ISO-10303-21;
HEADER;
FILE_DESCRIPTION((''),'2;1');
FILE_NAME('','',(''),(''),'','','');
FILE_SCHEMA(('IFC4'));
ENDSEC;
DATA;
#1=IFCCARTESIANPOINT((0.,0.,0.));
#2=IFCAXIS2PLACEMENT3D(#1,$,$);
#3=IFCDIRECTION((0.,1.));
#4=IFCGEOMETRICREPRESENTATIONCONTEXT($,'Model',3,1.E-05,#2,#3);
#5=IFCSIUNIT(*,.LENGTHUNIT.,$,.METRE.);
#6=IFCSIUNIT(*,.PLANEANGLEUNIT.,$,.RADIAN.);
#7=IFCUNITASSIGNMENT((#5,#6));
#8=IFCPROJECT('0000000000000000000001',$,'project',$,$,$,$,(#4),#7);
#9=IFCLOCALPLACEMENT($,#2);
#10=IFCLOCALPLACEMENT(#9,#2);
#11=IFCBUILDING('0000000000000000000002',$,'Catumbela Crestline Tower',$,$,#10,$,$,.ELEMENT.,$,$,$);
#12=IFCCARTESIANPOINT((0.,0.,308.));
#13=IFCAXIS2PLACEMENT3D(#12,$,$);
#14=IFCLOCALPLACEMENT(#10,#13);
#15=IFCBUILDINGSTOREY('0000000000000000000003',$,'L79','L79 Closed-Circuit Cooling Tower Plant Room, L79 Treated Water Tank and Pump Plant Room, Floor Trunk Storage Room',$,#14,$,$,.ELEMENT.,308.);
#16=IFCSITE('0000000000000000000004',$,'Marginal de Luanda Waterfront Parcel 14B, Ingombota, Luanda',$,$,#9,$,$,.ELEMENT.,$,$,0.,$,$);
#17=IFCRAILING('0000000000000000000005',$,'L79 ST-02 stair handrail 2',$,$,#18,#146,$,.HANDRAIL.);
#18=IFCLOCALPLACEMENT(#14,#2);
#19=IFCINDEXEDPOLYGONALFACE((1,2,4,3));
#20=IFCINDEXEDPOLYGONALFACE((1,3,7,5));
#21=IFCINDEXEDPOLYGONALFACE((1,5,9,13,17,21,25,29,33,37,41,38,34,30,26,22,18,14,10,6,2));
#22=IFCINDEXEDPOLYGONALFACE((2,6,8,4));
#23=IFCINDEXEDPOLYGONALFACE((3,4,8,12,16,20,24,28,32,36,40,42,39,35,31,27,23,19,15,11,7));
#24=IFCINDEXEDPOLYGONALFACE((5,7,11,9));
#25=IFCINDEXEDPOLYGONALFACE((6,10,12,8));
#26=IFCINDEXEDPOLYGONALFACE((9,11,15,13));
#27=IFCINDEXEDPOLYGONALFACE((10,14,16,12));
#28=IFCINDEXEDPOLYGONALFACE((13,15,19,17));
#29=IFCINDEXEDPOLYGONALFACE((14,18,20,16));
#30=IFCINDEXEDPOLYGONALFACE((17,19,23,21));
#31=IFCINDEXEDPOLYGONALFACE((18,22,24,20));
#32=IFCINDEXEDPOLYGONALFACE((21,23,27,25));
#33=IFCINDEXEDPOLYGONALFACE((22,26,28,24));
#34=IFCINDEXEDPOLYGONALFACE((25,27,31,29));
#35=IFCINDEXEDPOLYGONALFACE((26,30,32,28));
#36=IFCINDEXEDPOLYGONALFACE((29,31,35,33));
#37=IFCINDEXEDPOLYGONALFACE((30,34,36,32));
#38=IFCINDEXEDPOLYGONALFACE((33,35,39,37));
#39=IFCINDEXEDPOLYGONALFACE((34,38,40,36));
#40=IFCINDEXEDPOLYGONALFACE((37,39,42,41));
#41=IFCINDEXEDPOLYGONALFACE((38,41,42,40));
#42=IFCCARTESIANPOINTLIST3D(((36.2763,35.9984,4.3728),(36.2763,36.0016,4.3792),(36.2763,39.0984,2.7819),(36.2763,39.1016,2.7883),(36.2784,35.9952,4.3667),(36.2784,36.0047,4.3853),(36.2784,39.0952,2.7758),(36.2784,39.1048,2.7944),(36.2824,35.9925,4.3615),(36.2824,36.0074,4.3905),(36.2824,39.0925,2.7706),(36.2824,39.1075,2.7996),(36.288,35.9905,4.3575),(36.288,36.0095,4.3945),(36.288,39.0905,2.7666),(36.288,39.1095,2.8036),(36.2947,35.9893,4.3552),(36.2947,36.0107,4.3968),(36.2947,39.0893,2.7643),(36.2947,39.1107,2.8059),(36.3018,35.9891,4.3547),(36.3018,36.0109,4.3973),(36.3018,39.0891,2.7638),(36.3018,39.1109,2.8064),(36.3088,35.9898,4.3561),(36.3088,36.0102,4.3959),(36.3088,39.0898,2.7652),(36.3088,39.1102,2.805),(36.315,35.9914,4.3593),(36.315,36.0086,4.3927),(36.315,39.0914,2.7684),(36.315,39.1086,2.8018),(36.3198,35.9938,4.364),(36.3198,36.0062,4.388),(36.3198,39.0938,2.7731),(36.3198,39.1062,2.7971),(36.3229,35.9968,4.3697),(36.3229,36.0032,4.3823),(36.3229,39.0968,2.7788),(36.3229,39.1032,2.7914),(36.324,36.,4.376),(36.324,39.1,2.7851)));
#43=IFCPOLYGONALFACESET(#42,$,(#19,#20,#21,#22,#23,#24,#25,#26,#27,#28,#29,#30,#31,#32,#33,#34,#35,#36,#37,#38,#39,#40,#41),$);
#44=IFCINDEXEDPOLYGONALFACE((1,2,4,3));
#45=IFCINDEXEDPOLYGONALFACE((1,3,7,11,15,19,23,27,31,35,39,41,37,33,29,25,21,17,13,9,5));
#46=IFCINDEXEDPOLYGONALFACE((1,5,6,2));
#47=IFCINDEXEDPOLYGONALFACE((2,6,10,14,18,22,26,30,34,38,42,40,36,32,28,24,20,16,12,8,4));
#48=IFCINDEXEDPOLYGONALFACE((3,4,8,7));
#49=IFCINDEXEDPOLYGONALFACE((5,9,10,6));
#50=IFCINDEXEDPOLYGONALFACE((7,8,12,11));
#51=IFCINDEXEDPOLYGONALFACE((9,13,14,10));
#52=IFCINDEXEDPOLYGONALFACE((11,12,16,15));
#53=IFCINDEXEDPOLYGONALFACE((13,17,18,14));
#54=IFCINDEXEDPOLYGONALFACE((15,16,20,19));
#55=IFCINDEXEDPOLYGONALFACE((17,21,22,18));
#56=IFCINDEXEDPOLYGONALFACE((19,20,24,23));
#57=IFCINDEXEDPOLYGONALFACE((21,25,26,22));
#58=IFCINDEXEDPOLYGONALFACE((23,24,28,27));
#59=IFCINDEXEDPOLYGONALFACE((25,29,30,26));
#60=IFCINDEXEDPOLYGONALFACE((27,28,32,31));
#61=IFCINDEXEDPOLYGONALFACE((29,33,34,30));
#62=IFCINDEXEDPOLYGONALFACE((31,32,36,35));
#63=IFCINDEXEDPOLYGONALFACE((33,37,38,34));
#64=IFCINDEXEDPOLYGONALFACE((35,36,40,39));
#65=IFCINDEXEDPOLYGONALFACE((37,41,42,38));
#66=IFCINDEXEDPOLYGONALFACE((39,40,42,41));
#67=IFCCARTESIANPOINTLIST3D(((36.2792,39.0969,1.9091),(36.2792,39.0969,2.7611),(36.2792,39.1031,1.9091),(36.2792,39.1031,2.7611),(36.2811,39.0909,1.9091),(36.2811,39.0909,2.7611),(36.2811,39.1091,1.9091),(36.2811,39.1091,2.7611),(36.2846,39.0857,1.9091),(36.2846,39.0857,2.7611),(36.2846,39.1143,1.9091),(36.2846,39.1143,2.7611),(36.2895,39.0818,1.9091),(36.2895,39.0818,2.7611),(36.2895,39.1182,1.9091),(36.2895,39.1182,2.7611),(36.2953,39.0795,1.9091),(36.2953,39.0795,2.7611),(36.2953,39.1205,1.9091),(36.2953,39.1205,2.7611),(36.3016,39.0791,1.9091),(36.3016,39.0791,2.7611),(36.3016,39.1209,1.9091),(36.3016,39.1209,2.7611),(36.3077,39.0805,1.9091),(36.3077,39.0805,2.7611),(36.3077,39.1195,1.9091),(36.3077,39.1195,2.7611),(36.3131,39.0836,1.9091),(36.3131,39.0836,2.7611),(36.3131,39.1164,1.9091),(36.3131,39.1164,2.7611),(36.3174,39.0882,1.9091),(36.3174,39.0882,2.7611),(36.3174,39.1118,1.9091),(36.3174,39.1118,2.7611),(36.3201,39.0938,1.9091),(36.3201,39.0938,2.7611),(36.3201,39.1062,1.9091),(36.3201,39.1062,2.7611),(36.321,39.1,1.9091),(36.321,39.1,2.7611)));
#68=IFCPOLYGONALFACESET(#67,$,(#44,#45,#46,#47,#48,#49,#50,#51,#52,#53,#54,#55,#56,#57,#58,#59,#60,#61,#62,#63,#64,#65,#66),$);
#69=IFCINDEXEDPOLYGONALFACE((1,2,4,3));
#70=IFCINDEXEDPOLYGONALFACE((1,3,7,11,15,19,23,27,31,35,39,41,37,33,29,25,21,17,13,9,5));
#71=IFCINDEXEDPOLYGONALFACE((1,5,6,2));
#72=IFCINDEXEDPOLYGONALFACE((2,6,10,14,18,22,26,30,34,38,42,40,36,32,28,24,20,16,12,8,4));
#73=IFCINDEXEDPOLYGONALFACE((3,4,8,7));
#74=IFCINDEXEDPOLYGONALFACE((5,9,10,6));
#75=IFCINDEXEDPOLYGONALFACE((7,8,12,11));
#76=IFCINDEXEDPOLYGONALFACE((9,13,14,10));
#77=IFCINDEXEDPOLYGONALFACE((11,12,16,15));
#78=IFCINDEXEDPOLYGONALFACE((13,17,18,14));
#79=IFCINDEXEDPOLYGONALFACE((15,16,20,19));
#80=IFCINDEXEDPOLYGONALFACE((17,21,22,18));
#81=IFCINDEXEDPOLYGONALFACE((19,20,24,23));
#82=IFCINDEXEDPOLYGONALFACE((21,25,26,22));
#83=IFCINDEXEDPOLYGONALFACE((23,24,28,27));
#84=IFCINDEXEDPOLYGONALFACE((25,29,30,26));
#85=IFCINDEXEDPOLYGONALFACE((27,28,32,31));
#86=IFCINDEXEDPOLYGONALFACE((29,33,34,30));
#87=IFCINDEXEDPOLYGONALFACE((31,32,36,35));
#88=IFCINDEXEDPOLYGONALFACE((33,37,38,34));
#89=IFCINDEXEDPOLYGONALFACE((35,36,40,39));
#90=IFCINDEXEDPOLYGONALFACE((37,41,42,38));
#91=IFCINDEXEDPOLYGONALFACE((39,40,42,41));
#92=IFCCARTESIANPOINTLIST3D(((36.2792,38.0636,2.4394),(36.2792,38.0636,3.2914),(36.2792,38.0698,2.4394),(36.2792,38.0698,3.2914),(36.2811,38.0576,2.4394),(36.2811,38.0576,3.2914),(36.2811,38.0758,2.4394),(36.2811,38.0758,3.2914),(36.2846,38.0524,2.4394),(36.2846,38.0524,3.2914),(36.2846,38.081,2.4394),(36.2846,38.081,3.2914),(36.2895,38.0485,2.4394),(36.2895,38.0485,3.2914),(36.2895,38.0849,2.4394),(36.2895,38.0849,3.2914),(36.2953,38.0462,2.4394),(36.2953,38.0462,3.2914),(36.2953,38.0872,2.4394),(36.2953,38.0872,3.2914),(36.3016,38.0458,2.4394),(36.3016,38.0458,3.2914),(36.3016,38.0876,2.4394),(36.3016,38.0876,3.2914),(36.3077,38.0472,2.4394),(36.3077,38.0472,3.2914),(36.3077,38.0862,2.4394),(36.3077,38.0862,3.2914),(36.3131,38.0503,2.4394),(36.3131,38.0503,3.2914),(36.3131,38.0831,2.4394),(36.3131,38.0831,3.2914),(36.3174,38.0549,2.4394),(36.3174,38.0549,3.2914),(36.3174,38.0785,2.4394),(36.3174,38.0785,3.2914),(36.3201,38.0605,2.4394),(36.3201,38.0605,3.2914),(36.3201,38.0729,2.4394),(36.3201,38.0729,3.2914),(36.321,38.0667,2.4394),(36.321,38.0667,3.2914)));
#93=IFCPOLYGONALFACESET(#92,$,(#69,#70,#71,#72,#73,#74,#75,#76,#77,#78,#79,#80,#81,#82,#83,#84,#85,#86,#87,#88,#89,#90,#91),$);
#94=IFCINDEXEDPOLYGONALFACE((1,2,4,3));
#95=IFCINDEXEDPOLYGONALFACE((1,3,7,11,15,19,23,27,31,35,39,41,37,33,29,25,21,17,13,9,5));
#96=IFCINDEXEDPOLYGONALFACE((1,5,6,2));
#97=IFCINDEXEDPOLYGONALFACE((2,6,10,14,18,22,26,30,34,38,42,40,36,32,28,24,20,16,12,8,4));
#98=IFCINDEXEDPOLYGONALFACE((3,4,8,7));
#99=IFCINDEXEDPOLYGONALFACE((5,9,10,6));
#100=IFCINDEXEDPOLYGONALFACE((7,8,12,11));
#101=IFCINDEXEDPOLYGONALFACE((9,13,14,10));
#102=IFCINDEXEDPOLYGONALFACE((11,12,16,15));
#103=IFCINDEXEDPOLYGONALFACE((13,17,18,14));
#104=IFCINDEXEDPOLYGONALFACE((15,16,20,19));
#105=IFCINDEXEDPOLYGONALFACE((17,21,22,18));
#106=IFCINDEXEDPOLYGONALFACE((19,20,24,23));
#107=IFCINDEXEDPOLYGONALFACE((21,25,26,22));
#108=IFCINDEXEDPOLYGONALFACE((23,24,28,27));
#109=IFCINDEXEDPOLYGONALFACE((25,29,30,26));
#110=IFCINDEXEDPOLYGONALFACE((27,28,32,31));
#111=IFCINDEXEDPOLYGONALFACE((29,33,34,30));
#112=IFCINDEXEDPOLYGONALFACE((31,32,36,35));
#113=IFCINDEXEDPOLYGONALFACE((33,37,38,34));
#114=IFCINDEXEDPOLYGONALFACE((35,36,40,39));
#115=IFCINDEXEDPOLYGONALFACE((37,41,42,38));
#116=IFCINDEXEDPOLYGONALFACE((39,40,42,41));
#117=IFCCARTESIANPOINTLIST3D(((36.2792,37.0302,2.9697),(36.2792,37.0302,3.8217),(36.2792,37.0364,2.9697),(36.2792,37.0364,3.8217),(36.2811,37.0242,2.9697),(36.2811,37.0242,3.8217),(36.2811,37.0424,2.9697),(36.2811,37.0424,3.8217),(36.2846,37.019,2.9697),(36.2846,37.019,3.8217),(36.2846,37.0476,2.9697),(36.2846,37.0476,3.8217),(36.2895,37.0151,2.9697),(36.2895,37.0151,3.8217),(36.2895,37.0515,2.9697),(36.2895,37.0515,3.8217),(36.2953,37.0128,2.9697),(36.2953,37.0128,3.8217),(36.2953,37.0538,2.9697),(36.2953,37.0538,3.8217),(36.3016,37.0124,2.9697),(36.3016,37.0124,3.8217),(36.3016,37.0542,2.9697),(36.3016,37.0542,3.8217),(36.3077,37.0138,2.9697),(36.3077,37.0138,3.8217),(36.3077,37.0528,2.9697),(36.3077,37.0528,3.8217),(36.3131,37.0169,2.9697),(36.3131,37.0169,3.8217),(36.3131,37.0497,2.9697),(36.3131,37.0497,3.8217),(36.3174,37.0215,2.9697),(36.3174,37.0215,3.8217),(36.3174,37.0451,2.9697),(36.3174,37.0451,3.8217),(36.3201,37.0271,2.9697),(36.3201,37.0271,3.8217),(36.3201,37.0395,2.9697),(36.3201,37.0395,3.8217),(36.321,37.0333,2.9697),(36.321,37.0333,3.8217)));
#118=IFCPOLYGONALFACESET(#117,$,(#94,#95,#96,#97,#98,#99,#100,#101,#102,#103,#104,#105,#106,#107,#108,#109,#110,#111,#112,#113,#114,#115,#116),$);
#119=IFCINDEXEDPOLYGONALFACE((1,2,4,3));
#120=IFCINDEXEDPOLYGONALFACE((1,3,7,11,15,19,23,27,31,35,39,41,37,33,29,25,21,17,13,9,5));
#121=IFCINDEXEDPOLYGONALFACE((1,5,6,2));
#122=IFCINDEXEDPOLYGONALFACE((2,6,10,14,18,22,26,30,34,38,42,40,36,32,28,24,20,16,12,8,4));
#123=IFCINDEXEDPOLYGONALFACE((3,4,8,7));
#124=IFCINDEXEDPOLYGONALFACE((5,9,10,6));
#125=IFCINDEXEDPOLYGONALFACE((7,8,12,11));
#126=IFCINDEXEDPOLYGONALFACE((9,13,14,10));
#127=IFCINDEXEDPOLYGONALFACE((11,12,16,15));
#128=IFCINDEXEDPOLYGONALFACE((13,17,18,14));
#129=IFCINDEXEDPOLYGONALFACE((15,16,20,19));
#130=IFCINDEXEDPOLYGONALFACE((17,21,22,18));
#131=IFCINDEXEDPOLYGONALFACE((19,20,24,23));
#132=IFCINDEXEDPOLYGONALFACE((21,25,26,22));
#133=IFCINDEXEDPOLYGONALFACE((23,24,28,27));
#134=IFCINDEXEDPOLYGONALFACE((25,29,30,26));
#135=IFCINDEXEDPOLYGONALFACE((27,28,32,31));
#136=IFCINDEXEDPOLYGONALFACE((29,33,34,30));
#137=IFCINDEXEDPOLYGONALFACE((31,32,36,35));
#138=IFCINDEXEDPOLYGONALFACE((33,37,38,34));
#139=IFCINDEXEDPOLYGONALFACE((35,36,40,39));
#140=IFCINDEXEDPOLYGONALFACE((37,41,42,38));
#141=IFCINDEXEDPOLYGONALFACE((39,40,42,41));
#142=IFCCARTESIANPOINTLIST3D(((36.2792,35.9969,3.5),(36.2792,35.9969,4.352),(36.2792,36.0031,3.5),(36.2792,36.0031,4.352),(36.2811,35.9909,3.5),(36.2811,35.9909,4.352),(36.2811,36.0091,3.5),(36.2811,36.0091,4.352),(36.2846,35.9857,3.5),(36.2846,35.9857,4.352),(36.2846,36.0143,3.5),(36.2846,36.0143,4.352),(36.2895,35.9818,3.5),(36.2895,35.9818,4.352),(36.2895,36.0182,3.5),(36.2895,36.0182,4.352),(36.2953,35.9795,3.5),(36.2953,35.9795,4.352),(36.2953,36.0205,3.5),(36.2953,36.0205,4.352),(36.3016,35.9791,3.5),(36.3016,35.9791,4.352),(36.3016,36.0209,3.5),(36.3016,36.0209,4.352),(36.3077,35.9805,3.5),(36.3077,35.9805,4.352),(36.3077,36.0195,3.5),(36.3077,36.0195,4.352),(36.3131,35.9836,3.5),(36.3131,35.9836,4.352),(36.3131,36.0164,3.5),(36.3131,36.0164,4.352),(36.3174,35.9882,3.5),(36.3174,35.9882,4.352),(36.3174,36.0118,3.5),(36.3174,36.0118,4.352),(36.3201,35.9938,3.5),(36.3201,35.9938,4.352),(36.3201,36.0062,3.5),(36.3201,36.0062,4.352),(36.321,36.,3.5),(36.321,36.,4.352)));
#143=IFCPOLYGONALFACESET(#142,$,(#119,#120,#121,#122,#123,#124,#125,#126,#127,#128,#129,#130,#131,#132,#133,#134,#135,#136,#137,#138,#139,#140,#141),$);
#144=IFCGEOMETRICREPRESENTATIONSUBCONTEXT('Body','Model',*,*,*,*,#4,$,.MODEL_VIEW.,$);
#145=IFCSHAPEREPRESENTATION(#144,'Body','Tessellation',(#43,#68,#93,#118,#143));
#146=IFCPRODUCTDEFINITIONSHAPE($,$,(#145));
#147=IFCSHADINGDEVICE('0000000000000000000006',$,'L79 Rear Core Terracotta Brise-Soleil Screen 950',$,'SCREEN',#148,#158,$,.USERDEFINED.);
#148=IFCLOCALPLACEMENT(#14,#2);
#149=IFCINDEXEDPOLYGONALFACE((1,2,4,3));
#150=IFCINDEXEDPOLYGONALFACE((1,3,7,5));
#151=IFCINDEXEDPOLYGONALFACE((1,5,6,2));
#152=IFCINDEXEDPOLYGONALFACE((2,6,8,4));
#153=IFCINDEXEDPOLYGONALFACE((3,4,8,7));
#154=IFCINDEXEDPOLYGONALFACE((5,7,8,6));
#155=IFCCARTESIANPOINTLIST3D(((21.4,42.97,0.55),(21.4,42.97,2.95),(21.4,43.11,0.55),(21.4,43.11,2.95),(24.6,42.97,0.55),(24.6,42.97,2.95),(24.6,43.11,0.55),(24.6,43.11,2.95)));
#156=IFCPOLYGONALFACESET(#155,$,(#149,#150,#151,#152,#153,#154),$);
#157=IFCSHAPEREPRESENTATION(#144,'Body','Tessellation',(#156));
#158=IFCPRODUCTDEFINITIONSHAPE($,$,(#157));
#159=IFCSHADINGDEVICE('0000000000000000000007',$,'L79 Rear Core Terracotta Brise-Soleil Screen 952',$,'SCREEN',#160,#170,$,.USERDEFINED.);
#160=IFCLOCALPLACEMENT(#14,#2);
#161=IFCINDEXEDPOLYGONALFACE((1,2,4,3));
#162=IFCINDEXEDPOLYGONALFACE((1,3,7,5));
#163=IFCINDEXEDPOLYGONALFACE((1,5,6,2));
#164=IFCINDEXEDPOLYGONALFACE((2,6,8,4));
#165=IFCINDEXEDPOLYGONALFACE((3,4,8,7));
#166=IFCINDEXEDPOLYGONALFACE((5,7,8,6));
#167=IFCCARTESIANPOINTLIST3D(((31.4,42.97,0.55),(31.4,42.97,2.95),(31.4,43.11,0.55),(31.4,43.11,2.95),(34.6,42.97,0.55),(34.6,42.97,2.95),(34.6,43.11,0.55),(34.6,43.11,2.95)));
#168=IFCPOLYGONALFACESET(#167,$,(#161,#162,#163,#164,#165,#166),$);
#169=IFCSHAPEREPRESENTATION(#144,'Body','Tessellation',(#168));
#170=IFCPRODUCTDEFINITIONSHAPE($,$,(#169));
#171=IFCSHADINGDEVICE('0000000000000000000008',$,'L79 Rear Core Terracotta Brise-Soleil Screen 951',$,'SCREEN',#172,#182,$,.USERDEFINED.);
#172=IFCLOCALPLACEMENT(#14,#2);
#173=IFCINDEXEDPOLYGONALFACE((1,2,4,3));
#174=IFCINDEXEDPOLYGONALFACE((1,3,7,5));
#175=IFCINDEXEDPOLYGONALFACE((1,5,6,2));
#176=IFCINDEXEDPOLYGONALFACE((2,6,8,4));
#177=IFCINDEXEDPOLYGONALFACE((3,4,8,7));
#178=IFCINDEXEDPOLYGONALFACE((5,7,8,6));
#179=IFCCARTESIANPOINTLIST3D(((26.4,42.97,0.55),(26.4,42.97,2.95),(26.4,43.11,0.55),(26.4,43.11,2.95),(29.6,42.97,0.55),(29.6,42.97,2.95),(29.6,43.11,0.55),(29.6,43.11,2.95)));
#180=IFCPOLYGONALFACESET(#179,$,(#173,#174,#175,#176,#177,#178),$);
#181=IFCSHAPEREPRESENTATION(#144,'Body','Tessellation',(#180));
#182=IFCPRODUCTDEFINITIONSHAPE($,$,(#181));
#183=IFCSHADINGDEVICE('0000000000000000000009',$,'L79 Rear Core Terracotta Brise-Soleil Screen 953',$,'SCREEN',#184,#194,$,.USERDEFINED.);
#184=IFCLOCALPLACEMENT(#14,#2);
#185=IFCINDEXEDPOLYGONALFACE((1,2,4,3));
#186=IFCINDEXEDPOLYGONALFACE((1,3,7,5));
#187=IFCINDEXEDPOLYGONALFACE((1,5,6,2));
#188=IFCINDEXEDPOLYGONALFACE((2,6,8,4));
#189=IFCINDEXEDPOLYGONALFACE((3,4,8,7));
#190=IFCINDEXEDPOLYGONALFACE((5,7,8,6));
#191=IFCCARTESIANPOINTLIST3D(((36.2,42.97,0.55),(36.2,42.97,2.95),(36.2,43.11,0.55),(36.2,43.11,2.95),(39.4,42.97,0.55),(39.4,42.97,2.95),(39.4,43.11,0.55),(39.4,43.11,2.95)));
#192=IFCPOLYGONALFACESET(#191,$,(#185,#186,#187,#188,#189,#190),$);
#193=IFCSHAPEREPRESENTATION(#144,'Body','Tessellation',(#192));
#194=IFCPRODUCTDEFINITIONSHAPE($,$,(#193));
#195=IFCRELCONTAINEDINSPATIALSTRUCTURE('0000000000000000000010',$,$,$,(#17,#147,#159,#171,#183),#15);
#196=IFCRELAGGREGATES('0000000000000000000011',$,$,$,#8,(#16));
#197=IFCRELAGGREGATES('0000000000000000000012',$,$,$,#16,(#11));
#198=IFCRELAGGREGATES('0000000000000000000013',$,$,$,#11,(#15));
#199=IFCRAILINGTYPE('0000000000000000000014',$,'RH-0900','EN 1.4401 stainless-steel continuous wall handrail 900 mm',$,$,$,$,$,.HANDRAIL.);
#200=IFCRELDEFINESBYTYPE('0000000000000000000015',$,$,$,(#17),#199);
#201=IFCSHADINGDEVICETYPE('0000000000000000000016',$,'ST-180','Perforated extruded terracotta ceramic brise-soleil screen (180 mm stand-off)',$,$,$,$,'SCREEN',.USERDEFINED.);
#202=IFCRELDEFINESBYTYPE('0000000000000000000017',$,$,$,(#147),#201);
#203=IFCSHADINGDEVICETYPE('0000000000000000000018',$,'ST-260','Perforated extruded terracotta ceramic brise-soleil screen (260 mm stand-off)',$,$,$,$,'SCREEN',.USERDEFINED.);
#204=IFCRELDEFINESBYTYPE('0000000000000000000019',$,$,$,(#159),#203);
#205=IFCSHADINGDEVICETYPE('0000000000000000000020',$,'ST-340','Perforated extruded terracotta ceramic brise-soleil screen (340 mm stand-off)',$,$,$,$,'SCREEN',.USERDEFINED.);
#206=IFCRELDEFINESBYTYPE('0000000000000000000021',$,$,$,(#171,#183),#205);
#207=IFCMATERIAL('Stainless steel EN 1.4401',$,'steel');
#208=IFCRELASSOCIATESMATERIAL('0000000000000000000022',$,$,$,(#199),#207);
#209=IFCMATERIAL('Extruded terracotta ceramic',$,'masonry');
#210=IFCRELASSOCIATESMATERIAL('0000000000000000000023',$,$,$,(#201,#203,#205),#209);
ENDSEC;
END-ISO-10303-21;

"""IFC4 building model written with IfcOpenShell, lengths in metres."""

from ifc_helpers import new_model, si_unit, direction, frame, origin, origin_2d, place, context, subcontext, project, spatial, rectangle, circle, extrude, material, type_object, element, save


model = new_model("IFC4")

# Units and contexts
model_context = context("Model", 3, precision=1e-05, world=origin(), true_north=direction((0.0, 1.0)))
body_context = subcontext(model_context, "Body", "Model", "MODEL_VIEW")
ifc_project = project(units=[si_unit("LENGTHUNIT", "METRE"), si_unit("PLANEANGLEUNIT", "RADIAN")], contexts=[model_context])

# Site, building, storey
site_placement = place(None, origin())
site = spatial("IfcSite", under=ifc_project, at=site_placement, Name="Marginal de Luanda Waterfront Parcel 14B, Ingombota, Luanda", CompositionType="ELEMENT", RefElevation=0.0)
building_placement = place(site_placement, origin())
building = spatial("IfcBuilding", under=site, at=building_placement, Name="Catumbela Crestline Tower", CompositionType="ELEMENT")
storey_placement = place(building_placement, frame((0.0, 0.0, 308.0)))
storey = spatial("IfcBuildingStorey", under=building, at=storey_placement, Name="L79", Description="L79 Closed-Circuit Cooling Tower Plant Room, L79 Treated Water Tank and Pump Plant Room, Floor Trunk Storage Room", CompositionType="ELEMENT", Elevation=308.0)

# Shared definitions
ifc_material_1 = material(Name="Stainless steel EN 1.4401", Category="steel")

# Railing
railing_type_1 = type_object("IfcRailingType", Name="RH-0900", Description="EN 1.4401 stainless-steel continuous wall handrail 900 mm", PredefinedType="HANDRAIL", material=ifc_material_1)
railing_1_placement = place(storey_placement, frame((36.3, 39.1, 1.9091)))
element("IfcRailing", 1, at=railing_1_placement, inside=storey, type_object=railing_type_1, Name="L79 ST-02 stair handrail 2", PredefinedType="HANDRAIL", context=body_context, shape_type="SweptSolid", body=[
    extrude(circle(Radius=0.024, at=origin_2d()), frame((0.0, 0.0, 0.876), z_axis=(0.0, -0.889683, 0.456579), x_axis=(1.0, 0.0, 0.0)), (0.0, 0.0, 1.0), 3.4844),
    extrude(circle(Radius=0.021, at=origin_2d()), origin(), (0.0, 0.0, 1.0), 0.852),
    extrude(circle(Radius=0.021, at=origin_2d()), frame((0.0, -1.0333, 0.5303)), (0.0, 0.0, 1.0), 0.852),
    extrude(circle(Radius=0.021, at=origin_2d()), frame((0.0, -2.0667, 1.0606)), (0.0, 0.0, 1.0), 0.852),
    extrude(circle(Radius=0.021, at=origin_2d()), frame((0.0, -3.1, 1.5909)), (0.0, 0.0, 1.0), 0.852),
])

# Shading devices
ifc_material_2 = material(Name="Extruded terracotta ceramic", Category="masonry")
shading_device_type_1 = type_object("IfcShadingDeviceType", Name="ST-180", Description="Perforated extruded terracotta ceramic brise-soleil screen (180 mm stand-off)", ElementType="SCREEN", PredefinedType="USERDEFINED", material=ifc_material_2)
shading_device_1_placement = place(storey_placement, frame((23.0, 43.04, 0.55), z_axis=(0.0, 0.0, 1.0), x_axis=(1.0, 0.0, 0.0)))
element("IfcShadingDevice", 2, at=shading_device_1_placement, inside=storey, type_object=shading_device_type_1, Name="L79 Rear Core Terracotta Brise-Soleil Screen 950", ObjectType="SCREEN", PredefinedType="USERDEFINED", context=body_context, shape_type="SweptSolid", body=[
    extrude(rectangle(XDim=3.2, YDim=0.14, at=origin_2d()), origin(), (0.0, 0.0, 1.0), 2.4),
])
shading_device_type_2 = type_object("IfcShadingDeviceType", Name="ST-260", Description="Perforated extruded terracotta ceramic brise-soleil screen (260 mm stand-off)", ElementType="SCREEN", PredefinedType="USERDEFINED", material=ifc_material_2)
shading_device_2_placement = place(storey_placement, frame((33.0, 43.04, 0.55), z_axis=(0.0, 0.0, 1.0), x_axis=(1.0, 0.0, 0.0)))
element("IfcShadingDevice", 3, at=shading_device_2_placement, inside=storey, type_object=shading_device_type_2, Name="L79 Rear Core Terracotta Brise-Soleil Screen 952", ObjectType="SCREEN", PredefinedType="USERDEFINED", context=body_context, shape_type="SweptSolid", body=[
    extrude(rectangle(XDim=3.2, YDim=0.14, at=origin_2d()), origin(), (0.0, 0.0, 1.0), 2.4),
])
shading_device_type_3 = type_object("IfcShadingDeviceType", Name="ST-340", Description="Perforated extruded terracotta ceramic brise-soleil screen (340 mm stand-off)", ElementType="SCREEN", PredefinedType="USERDEFINED", material=ifc_material_2)
for number, where, z_axis, x_axis, name in (
    (4, (28.0, 43.04, 0.55), (0.0, 0.0, 1.0), (1.0, 0.0, 0.0), "L79 Rear Core Terracotta Brise-Soleil Screen 951"),
    (5, (37.8, 43.04, 0.55), (0.0, 0.0, 1.0), (1.0, 0.0, 0.0), "L79 Rear Core Terracotta Brise-Soleil Screen 953"),
):
    element("IfcShadingDevice", number, at=place(storey_placement, frame(where, z_axis=z_axis, x_axis=x_axis)), inside=storey, type_object=shading_device_type_3, Name=name, ObjectType="SCREEN", PredefinedType="USERDEFINED", context=body_context, shape_type="SweptSolid", body=[
        extrude(rectangle(XDim=3.2, YDim=0.14, at=origin_2d()), origin(), (0.0, 0.0, 1.0), 2.4),
    ])

save(model, "model.ifc")
